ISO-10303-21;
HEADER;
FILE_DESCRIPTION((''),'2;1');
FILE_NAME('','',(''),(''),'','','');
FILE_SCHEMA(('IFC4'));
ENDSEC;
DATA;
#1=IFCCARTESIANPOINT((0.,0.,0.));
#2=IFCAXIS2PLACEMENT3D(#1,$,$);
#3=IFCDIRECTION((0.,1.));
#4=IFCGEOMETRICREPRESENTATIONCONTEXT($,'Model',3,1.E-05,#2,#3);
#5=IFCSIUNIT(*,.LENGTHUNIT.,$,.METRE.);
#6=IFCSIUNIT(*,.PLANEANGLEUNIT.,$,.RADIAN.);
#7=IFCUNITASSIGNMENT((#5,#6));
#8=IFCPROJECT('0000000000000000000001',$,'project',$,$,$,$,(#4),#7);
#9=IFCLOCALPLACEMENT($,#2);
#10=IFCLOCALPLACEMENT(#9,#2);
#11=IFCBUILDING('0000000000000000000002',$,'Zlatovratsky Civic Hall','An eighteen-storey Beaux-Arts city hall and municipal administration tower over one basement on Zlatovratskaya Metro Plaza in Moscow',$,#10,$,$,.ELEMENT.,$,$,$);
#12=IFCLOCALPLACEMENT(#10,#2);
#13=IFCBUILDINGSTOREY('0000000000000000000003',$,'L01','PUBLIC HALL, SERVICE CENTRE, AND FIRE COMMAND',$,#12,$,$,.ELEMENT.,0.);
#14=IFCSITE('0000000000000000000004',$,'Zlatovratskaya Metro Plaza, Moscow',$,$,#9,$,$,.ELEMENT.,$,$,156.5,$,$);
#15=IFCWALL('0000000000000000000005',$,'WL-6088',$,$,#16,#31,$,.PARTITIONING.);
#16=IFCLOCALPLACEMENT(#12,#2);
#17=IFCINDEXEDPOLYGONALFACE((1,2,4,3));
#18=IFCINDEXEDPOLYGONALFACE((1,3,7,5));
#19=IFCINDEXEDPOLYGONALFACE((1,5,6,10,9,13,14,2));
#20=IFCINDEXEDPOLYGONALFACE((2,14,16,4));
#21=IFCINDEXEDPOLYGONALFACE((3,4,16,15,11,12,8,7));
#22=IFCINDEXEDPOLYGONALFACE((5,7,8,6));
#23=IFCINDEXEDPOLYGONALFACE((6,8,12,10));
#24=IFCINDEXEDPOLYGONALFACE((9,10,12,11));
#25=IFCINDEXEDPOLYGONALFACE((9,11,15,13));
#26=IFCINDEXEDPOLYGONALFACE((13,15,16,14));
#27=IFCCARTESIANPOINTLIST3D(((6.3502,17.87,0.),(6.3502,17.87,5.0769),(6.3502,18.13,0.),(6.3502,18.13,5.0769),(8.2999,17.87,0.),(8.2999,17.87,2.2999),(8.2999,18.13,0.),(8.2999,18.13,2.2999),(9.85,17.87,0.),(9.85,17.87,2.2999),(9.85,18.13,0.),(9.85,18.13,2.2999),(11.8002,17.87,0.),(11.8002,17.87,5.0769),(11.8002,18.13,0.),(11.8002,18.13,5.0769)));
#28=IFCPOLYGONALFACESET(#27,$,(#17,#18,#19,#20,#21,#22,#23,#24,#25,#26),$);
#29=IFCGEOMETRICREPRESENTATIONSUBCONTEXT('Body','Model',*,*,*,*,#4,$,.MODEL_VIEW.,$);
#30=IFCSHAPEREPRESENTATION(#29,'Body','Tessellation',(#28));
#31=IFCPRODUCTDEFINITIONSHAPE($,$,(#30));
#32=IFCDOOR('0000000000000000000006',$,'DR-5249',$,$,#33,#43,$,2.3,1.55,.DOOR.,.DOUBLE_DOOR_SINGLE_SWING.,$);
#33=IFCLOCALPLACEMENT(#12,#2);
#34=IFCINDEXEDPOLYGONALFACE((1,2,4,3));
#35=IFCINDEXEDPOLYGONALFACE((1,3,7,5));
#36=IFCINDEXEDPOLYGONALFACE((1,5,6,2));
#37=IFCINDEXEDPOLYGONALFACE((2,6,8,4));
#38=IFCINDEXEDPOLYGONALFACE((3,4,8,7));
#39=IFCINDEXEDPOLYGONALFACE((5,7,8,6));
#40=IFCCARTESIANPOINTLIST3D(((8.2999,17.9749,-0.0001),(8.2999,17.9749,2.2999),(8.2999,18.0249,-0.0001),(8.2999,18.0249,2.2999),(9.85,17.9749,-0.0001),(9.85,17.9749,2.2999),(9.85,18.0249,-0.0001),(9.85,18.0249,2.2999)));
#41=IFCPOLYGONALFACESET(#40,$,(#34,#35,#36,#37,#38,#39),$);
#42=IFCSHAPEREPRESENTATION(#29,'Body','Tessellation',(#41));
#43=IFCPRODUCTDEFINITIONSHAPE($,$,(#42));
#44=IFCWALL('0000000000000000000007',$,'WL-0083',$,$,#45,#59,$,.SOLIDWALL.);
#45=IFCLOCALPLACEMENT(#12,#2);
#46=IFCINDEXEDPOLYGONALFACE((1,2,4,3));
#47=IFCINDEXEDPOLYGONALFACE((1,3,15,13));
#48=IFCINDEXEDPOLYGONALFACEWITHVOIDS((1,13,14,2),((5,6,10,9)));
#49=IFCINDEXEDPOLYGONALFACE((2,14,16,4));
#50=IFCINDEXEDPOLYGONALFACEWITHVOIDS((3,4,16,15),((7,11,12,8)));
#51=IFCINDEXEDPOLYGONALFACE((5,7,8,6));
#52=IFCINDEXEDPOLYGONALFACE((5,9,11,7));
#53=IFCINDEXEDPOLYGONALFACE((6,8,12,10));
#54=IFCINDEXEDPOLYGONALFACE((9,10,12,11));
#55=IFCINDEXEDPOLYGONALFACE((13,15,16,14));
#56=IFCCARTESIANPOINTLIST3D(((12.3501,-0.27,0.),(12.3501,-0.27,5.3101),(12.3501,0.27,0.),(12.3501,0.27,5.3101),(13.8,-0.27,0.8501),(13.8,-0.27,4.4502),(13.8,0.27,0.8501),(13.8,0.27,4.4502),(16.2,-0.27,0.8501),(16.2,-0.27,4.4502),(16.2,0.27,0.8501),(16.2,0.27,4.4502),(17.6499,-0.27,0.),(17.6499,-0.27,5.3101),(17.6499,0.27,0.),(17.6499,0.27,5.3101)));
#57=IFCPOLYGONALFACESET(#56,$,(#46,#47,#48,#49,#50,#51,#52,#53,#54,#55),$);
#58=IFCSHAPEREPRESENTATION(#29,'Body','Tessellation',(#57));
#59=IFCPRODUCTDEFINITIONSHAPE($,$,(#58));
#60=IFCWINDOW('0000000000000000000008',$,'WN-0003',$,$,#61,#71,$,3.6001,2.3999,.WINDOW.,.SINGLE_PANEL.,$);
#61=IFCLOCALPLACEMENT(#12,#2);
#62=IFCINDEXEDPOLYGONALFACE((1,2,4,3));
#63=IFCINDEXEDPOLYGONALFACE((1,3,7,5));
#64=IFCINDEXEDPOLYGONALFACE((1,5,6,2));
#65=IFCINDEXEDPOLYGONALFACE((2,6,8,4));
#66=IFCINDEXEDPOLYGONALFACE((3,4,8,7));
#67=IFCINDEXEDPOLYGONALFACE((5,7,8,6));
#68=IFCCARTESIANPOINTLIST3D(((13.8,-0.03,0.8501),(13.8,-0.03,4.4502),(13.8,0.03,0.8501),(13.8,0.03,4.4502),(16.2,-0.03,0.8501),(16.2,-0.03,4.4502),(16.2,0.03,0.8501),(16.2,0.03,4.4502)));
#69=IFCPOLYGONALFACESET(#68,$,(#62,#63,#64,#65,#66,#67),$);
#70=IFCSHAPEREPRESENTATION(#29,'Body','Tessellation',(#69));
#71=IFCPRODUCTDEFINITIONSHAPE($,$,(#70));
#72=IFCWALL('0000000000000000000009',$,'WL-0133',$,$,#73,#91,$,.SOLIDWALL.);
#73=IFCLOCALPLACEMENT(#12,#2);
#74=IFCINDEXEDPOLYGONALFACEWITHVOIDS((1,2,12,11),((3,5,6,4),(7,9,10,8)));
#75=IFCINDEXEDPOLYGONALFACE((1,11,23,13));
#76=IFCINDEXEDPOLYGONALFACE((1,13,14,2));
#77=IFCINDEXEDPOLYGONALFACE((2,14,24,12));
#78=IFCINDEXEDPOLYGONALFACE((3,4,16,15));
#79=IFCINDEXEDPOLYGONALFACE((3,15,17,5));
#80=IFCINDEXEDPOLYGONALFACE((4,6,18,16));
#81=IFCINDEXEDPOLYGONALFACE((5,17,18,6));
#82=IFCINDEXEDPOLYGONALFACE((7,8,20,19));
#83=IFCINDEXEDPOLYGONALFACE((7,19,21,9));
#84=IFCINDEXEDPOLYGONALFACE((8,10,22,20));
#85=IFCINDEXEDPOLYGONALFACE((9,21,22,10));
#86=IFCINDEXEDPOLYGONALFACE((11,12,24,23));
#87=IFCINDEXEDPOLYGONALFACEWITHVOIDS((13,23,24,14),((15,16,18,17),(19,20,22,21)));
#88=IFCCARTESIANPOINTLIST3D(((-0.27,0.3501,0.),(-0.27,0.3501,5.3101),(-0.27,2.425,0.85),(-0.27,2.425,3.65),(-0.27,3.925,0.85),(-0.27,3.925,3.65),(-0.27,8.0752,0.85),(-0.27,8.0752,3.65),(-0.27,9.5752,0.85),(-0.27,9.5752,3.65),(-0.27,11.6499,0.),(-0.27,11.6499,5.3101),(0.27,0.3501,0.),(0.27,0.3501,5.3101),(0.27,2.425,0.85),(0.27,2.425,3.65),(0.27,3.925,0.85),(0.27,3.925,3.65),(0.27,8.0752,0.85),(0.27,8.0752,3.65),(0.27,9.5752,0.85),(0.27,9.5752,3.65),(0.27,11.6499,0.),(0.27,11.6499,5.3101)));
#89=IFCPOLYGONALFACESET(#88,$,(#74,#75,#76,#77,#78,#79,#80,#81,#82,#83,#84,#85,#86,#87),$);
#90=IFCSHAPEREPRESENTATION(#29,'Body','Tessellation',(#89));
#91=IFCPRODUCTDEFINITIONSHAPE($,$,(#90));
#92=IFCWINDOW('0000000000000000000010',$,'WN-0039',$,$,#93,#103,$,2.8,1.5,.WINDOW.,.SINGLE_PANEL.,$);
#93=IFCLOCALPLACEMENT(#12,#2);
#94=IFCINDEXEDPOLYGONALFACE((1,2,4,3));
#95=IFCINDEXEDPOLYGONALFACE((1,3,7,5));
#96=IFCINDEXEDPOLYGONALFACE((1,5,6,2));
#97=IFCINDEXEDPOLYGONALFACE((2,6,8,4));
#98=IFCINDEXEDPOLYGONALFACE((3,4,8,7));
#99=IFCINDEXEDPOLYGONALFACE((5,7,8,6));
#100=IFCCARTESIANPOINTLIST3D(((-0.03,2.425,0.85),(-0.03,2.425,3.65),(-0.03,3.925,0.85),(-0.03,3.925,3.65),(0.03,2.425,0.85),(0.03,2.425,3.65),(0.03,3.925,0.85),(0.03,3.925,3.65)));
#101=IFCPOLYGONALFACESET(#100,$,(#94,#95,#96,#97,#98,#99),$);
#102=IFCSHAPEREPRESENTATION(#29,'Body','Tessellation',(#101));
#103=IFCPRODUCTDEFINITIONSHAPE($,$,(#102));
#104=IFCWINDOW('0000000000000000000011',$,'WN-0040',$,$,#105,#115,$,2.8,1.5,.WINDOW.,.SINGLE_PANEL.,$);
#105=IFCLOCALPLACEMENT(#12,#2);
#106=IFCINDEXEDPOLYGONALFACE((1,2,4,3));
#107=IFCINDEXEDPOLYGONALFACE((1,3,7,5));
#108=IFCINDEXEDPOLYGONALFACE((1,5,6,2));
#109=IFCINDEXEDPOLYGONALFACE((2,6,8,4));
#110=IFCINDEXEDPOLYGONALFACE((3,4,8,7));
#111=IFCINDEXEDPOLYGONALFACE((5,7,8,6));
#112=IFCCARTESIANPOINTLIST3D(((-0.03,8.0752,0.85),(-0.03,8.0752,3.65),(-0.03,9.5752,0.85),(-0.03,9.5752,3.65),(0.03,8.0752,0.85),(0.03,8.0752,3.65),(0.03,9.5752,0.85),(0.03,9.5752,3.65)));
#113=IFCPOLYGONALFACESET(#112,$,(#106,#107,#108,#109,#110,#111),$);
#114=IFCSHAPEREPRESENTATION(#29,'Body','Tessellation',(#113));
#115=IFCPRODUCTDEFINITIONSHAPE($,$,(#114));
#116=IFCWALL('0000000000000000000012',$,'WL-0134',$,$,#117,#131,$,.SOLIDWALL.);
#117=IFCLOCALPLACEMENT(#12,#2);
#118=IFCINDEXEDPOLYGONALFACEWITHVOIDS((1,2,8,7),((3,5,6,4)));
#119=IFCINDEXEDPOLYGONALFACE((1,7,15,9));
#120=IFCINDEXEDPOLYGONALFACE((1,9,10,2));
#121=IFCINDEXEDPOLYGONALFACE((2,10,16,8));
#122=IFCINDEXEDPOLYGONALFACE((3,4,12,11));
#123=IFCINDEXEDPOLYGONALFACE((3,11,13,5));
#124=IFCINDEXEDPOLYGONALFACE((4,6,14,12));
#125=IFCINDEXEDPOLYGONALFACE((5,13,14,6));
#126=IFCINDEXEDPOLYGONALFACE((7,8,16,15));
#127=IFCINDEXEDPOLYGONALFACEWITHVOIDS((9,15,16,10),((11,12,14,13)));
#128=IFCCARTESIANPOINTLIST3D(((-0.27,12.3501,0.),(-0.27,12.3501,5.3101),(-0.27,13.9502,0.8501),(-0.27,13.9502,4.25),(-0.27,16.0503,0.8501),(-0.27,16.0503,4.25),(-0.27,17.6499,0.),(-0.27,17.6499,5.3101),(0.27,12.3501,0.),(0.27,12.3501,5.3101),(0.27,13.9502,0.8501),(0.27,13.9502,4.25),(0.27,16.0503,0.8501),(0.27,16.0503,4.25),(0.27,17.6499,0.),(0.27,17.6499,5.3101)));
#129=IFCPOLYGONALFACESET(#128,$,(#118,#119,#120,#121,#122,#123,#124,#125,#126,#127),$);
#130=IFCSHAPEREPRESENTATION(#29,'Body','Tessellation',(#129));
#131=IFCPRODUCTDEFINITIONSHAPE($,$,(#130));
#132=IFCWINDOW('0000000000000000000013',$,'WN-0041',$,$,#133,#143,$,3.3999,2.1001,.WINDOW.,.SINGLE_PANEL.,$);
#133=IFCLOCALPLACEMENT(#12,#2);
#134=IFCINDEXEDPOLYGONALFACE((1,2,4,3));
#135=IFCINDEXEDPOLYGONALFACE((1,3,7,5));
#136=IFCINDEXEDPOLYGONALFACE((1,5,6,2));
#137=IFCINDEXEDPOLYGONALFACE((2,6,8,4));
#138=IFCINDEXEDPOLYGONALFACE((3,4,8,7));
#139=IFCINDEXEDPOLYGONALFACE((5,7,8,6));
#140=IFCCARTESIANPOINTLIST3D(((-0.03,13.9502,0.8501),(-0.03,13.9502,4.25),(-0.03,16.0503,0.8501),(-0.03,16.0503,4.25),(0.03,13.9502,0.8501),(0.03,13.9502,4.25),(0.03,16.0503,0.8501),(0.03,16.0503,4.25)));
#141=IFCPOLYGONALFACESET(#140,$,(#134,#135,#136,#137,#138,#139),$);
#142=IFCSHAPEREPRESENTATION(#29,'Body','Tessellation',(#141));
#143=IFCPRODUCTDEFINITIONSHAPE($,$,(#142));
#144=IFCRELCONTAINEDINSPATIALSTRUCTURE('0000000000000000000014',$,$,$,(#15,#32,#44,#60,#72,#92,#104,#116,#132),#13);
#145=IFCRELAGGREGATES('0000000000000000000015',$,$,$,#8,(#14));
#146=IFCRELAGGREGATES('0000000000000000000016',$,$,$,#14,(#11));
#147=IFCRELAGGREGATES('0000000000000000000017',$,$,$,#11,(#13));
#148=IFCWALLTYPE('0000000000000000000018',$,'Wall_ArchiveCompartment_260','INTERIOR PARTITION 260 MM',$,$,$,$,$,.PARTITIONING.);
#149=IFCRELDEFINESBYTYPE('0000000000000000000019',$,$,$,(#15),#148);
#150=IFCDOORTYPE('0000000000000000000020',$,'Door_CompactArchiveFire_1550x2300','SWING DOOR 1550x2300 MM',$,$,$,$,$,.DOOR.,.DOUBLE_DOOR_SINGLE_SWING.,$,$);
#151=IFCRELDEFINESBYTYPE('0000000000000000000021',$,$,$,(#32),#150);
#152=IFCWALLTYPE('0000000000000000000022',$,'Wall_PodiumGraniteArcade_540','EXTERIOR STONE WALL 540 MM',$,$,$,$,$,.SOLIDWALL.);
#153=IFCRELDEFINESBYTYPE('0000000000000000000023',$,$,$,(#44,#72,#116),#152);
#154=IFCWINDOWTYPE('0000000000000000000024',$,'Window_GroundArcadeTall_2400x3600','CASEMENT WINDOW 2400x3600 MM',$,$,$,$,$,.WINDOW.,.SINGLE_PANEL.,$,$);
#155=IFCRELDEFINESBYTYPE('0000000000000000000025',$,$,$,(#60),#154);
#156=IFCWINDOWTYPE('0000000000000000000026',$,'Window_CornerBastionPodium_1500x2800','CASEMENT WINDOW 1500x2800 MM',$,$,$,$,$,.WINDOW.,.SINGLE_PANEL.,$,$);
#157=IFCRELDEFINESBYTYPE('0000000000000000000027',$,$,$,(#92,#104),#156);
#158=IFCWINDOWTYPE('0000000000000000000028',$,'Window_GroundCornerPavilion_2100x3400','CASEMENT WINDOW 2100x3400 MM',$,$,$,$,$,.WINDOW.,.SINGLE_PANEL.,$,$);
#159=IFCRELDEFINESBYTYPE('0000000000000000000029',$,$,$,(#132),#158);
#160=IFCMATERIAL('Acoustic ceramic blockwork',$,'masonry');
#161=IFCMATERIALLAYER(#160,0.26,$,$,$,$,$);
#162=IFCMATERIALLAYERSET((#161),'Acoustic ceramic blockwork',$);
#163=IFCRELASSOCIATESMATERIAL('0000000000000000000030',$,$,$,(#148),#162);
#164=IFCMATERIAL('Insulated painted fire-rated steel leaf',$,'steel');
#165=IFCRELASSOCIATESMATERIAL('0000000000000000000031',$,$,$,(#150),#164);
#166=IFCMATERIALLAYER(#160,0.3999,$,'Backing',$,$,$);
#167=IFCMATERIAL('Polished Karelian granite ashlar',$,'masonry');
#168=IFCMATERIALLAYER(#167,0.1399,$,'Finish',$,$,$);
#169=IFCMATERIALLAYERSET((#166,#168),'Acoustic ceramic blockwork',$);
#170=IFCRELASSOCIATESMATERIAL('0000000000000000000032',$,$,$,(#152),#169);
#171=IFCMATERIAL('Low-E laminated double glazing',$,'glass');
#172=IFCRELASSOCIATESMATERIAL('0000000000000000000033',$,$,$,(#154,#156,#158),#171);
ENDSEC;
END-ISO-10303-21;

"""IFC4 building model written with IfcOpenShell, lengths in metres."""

from ifc_helpers import new_model, si_unit, direction, frame, frame_2d, origin, place, context, subcontext, project, spatial, rectangle, extrude, material, layer, layer_set, type_object, element, fill, save


model = new_model("IFC4")

# Units and contexts
model_context = context("Model", 3, precision=1e-05, world=origin(), true_north=direction((0.0, 1.0)))
body_context = subcontext(model_context, "Body", "Model", "MODEL_VIEW")
ifc_project = project(units=[si_unit("LENGTHUNIT", "METRE"), si_unit("PLANEANGLEUNIT", "RADIAN")], contexts=[model_context])

# Site, building, storey
site_placement = place(None, origin())
site = spatial("IfcSite", under=ifc_project, at=site_placement, Name="Zlatovratskaya Metro Plaza, Moscow", CompositionType="ELEMENT", RefElevation=156.5)
building_placement = place(site_placement, origin())
building = spatial("IfcBuilding", under=site, at=building_placement, Name="Zlatovratsky Civic Hall", Description="An eighteen-storey Beaux-Arts city hall and municipal administration tower over one basement on Zlatovratskaya Metro Plaza in Moscow", CompositionType="ELEMENT")
storey_placement = place(building_placement, origin())
storey = spatial("IfcBuildingStorey", under=building, at=storey_placement, Name="L01", Description="PUBLIC HALL, SERVICE CENTRE, AND FIRE COMMAND", CompositionType="ELEMENT", Elevation=0.0)

# Wall, opening, door
ifc_material_1 = material(Name="Acoustic ceramic blockwork", Category="masonry")
ifc_layer_1 = layer(ifc_material_1, 0.26)
ifc_layer_set_1 = layer_set([ifc_layer_1], Name="Acoustic ceramic blockwork")
wall_type_1 = type_object("IfcWallType", Name="Wall_ArchiveCompartment_260", Description="INTERIOR PARTITION 260 MM", PredefinedType="PARTITIONING", material=ifc_layer_set_1)
wall_1_placement = place(storey_placement, frame((6.3501, 18.0, 0.0), z_axis=(0.0, 0.0, 1.0), x_axis=(1.0, 0.0, 0.0)))
wall_1 = element("IfcWall", 1, at=wall_1_placement, inside=storey, type_object=wall_type_1, Name="WL-6088", PredefinedType="PARTITIONING", context=body_context, shape_type="SweptSolid", body=[
    extrude(rectangle(XDim=5.45, YDim=0.26, at=frame_2d((2.7251, 0.0))), origin(), (0.0, 0.0, 1.0), 5.0769),
])
opening_1_placement = place(wall_1_placement, frame((1.95, 0.0, 0.0)))
opening_1 = element("IfcOpeningElement", 2, at=opening_1_placement, cuts=wall_1, PredefinedType="OPENING", context=body_context, shape_type="SweptSolid", body=[
    extrude(rectangle(XDim=1.55, YDim=2.3, at=frame_2d((0.7749, 1.1499))), frame((0.0, 0.145, 0.0), z_axis=(0.0, -1.0, 0.0), x_axis=(1.0, 0.0, 0.0)), (0.0, 0.0, 1.0), 0.2898),
])
ifc_material_2 = material(Name="Insulated painted fire-rated steel leaf", Category="steel")
door_type = type_object("IfcDoorType", Name="Door_CompactArchiveFire_1550x2300", Description="SWING DOOR 1550x2300 MM", OperationType="DOUBLE_DOOR_SINGLE_SWING", PredefinedType="DOOR", material=ifc_material_2)
door_placement = place(opening_1_placement, origin())
door = element("IfcDoor", 3, at=door_placement, inside=storey, type_object=door_type, Name="DR-5249", OperationType="DOUBLE_DOOR_SINGLE_SWING", OverallHeight=2.3, OverallWidth=1.55, PredefinedType="DOOR", context=body_context, shape_type="SweptSolid", body=[
    extrude(rectangle(XDim=1.55, YDim=2.3, at=frame_2d((0.7749, 1.1499))), frame((0.0, 0.0249, 0.0), z_axis=(0.0, -1.0, 0.0), x_axis=(1.0, 0.0, 0.0)), (0.0, 0.0, 1.0), 0.05),
])
fill(opening_1, door)

# Wall, opening, window
ifc_layer_2 = layer(ifc_material_1, 0.3999, Name="Backing")
ifc_material_3 = material(Name="Polished Karelian granite ashlar", Category="masonry")
ifc_layer_3 = layer(ifc_material_3, 0.1399, Name="Finish")
ifc_layer_set_2 = layer_set([ifc_layer_2, ifc_layer_3], Name="Acoustic ceramic blockwork")
wall_type_2 = type_object("IfcWallType", Name="Wall_PodiumGraniteArcade_540", Description="EXTERIOR STONE WALL 540 MM", PredefinedType="SOLIDWALL", material=ifc_layer_set_2)
wall_2_placement = place(storey_placement, frame((12.3501, 0.0, 0.0), z_axis=(0.0, 0.0, 1.0), x_axis=(1.0, 0.0, 0.0)))
wall_2 = element("IfcWall", 4, at=wall_2_placement, inside=storey, type_object=wall_type_2, Name="WL-0083", PredefinedType="SOLIDWALL", context=body_context, shape_type="SweptSolid", body=[
    extrude(rectangle(XDim=5.2998, YDim=0.54, at=frame_2d((2.6499, 0.0))), origin(), (0.0, 0.0, 1.0), 5.3101),
])
opening_2_placement = place(wall_2_placement, frame((1.45, 0.0, 0.8501)))
opening_2 = element("IfcOpeningElement", 5, at=opening_2_placement, cuts=wall_2, PredefinedType="OPENING", context=body_context, shape_type="SweptSolid", body=[
    extrude(rectangle(XDim=2.3999, YDim=3.6001, at=frame_2d((1.2, 1.8))), frame((0.0, 0.2849, 0.0), z_axis=(0.0, -1.0, 0.0), x_axis=(1.0, 0.0, 0.0)), (0.0, 0.0, 1.0), 0.5698),
])
ifc_material_4 = material(Name="Low-E laminated double glazing", Category="glass")
window_type_1 = type_object("IfcWindowType", Name="Window_GroundArcadeTall_2400x3600", Description="CASEMENT WINDOW 2400x3600 MM", PartitioningType="SINGLE_PANEL", PredefinedType="WINDOW", material=ifc_material_4)
window_1_placement = place(opening_2_placement, origin())
window_1 = element("IfcWindow", 6, at=window_1_placement, inside=storey, type_object=window_type_1, Name="WN-0003", OverallHeight=3.6001, OverallWidth=2.3999, PartitioningType="SINGLE_PANEL", PredefinedType="WINDOW", context=body_context, shape_type="SweptSolid", body=[
    extrude(rectangle(XDim=2.3999, YDim=3.6001, at=frame_2d((1.2, 1.8))), frame((0.0, 0.03, 0.0), z_axis=(0.0, -1.0, 0.0), x_axis=(1.0, 0.0, 0.0)), (0.0, 0.0, 1.0), 0.0601),
])
fill(opening_2, window_1)

# Wall, openings, windows
wall_3_placement = place(storey_placement, frame((0.0, 0.3501, 0.0), z_axis=(0.0, 0.0, 1.0), x_axis=(0.0, 1.0, 0.0)))
wall_3 = element("IfcWall", 7, at=wall_3_placement, inside=storey, type_object=wall_type_2, Name="WL-0133", PredefinedType="SOLIDWALL", context=body_context, shape_type="SweptSolid", body=[
    extrude(rectangle(XDim=11.2998, YDim=0.54, at=frame_2d((5.6499, 0.0))), origin(), (0.0, 0.0, 1.0), 5.3101),
])
opening_3_placement = place(wall_3_placement, frame((2.075, 0.0, 0.8501)))
opening_3 = element("IfcOpeningElement", 8, at=opening_3_placement, cuts=wall_3, PredefinedType="OPENING", context=body_context, shape_type="SweptSolid", body=[
    extrude(rectangle(XDim=1.5, YDim=2.8, at=frame_2d((0.75, 1.3999))), frame((0.0, 0.2849, 0.0), z_axis=(0.0, -1.0, 0.0), x_axis=(1.0, 0.0, 0.0)), (0.0, 0.0, 1.0), 0.5698),
])
opening_4_placement = place(wall_3_placement, frame((7.7251, 0.0, 0.8501)))
opening_4 = element("IfcOpeningElement", 9, at=opening_4_placement, cuts=wall_3, PredefinedType="OPENING", context=body_context, shape_type="SweptSolid", body=[
    extrude(rectangle(XDim=1.5, YDim=2.8, at=frame_2d((0.75, 1.3999))), frame((0.0, 0.2849, 0.0), z_axis=(0.0, -1.0, 0.0), x_axis=(1.0, 0.0, 0.0)), (0.0, 0.0, 1.0), 0.5698),
])
window_type_2 = type_object("IfcWindowType", Name="Window_CornerBastionPodium_1500x2800", Description="CASEMENT WINDOW 1500x2800 MM", PartitioningType="SINGLE_PANEL", PredefinedType="WINDOW", material=ifc_material_4)
window_2_placement = place(opening_3_placement, origin())
window_2 = element("IfcWindow", 10, at=window_2_placement, inside=storey, type_object=window_type_2, Name="WN-0039", OverallHeight=2.8, OverallWidth=1.5, PartitioningType="SINGLE_PANEL", PredefinedType="WINDOW", context=body_context, shape_type="SweptSolid", body=[
    extrude(rectangle(XDim=1.5, YDim=2.8, at=frame_2d((0.75, 1.3999))), frame((0.0, 0.03, 0.0), z_axis=(0.0, -1.0, 0.0), x_axis=(1.0, 0.0, 0.0)), (0.0, 0.0, 1.0), 0.0601),
])
fill(opening_3, window_2)
window_3_placement = place(opening_4_placement, origin())
window_3 = element("IfcWindow", 11, at=window_3_placement, inside=storey, type_object=window_type_2, Name="WN-0040", OverallHeight=2.8, OverallWidth=1.5, PartitioningType="SINGLE_PANEL", PredefinedType="WINDOW", context=body_context, shape_type="SweptSolid", body=[
    extrude(rectangle(XDim=1.5, YDim=2.8, at=frame_2d((0.75, 1.3999))), frame((0.0, 0.03, 0.0), z_axis=(0.0, -1.0, 0.0), x_axis=(1.0, 0.0, 0.0)), (0.0, 0.0, 1.0), 0.0601),
])
fill(opening_4, window_3)

# Wall, opening, window
wall_4_placement = place(storey_placement, frame((0.0, 12.3501, 0.0), z_axis=(0.0, 0.0, 1.0), x_axis=(0.0, 1.0, 0.0)))
wall_4 = element("IfcWall", 12, at=wall_4_placement, inside=storey, type_object=wall_type_2, Name="WL-0134", PredefinedType="SOLIDWALL", context=body_context, shape_type="SweptSolid", body=[
    extrude(rectangle(XDim=5.2998, YDim=0.54, at=frame_2d((2.6499, 0.0))), origin(), (0.0, 0.0, 1.0), 5.3101),
])
opening_5_placement = place(wall_4_placement, frame((1.6001, 0.0, 0.8501)))
opening_5 = element("IfcOpeningElement", 13, at=opening_5_placement, cuts=wall_4, PredefinedType="OPENING", context=body_context, shape_type="SweptSolid", body=[
    extrude(rectangle(XDim=2.1001, YDim=3.3999, at=frame_2d((1.05, 1.7))), frame((0.0, 0.2849, 0.0), z_axis=(0.0, -1.0, 0.0), x_axis=(1.0, 0.0, 0.0)), (0.0, 0.0, 1.0), 0.5698),
])
window_type_3 = type_object("IfcWindowType", Name="Window_GroundCornerPavilion_2100x3400", Description="CASEMENT WINDOW 2100x3400 MM", PartitioningType="SINGLE_PANEL", PredefinedType="WINDOW", material=ifc_material_4)
window_4_placement = place(opening_5_placement, origin())
window_4 = element("IfcWindow", 14, at=window_4_placement, inside=storey, type_object=window_type_3, Name="WN-0041", OverallHeight=3.3999, OverallWidth=2.1001, PartitioningType="SINGLE_PANEL", PredefinedType="WINDOW", context=body_context, shape_type="SweptSolid", body=[
    extrude(rectangle(XDim=2.1001, YDim=3.3999, at=frame_2d((1.05, 1.7))), frame((0.0, 0.03, 0.0), z_axis=(0.0, -1.0, 0.0), x_axis=(1.0, 0.0, 0.0)), (0.0, 0.0, 1.0), 0.0601),
])
fill(opening_5, window_4)

save(model, "model.ifc")
